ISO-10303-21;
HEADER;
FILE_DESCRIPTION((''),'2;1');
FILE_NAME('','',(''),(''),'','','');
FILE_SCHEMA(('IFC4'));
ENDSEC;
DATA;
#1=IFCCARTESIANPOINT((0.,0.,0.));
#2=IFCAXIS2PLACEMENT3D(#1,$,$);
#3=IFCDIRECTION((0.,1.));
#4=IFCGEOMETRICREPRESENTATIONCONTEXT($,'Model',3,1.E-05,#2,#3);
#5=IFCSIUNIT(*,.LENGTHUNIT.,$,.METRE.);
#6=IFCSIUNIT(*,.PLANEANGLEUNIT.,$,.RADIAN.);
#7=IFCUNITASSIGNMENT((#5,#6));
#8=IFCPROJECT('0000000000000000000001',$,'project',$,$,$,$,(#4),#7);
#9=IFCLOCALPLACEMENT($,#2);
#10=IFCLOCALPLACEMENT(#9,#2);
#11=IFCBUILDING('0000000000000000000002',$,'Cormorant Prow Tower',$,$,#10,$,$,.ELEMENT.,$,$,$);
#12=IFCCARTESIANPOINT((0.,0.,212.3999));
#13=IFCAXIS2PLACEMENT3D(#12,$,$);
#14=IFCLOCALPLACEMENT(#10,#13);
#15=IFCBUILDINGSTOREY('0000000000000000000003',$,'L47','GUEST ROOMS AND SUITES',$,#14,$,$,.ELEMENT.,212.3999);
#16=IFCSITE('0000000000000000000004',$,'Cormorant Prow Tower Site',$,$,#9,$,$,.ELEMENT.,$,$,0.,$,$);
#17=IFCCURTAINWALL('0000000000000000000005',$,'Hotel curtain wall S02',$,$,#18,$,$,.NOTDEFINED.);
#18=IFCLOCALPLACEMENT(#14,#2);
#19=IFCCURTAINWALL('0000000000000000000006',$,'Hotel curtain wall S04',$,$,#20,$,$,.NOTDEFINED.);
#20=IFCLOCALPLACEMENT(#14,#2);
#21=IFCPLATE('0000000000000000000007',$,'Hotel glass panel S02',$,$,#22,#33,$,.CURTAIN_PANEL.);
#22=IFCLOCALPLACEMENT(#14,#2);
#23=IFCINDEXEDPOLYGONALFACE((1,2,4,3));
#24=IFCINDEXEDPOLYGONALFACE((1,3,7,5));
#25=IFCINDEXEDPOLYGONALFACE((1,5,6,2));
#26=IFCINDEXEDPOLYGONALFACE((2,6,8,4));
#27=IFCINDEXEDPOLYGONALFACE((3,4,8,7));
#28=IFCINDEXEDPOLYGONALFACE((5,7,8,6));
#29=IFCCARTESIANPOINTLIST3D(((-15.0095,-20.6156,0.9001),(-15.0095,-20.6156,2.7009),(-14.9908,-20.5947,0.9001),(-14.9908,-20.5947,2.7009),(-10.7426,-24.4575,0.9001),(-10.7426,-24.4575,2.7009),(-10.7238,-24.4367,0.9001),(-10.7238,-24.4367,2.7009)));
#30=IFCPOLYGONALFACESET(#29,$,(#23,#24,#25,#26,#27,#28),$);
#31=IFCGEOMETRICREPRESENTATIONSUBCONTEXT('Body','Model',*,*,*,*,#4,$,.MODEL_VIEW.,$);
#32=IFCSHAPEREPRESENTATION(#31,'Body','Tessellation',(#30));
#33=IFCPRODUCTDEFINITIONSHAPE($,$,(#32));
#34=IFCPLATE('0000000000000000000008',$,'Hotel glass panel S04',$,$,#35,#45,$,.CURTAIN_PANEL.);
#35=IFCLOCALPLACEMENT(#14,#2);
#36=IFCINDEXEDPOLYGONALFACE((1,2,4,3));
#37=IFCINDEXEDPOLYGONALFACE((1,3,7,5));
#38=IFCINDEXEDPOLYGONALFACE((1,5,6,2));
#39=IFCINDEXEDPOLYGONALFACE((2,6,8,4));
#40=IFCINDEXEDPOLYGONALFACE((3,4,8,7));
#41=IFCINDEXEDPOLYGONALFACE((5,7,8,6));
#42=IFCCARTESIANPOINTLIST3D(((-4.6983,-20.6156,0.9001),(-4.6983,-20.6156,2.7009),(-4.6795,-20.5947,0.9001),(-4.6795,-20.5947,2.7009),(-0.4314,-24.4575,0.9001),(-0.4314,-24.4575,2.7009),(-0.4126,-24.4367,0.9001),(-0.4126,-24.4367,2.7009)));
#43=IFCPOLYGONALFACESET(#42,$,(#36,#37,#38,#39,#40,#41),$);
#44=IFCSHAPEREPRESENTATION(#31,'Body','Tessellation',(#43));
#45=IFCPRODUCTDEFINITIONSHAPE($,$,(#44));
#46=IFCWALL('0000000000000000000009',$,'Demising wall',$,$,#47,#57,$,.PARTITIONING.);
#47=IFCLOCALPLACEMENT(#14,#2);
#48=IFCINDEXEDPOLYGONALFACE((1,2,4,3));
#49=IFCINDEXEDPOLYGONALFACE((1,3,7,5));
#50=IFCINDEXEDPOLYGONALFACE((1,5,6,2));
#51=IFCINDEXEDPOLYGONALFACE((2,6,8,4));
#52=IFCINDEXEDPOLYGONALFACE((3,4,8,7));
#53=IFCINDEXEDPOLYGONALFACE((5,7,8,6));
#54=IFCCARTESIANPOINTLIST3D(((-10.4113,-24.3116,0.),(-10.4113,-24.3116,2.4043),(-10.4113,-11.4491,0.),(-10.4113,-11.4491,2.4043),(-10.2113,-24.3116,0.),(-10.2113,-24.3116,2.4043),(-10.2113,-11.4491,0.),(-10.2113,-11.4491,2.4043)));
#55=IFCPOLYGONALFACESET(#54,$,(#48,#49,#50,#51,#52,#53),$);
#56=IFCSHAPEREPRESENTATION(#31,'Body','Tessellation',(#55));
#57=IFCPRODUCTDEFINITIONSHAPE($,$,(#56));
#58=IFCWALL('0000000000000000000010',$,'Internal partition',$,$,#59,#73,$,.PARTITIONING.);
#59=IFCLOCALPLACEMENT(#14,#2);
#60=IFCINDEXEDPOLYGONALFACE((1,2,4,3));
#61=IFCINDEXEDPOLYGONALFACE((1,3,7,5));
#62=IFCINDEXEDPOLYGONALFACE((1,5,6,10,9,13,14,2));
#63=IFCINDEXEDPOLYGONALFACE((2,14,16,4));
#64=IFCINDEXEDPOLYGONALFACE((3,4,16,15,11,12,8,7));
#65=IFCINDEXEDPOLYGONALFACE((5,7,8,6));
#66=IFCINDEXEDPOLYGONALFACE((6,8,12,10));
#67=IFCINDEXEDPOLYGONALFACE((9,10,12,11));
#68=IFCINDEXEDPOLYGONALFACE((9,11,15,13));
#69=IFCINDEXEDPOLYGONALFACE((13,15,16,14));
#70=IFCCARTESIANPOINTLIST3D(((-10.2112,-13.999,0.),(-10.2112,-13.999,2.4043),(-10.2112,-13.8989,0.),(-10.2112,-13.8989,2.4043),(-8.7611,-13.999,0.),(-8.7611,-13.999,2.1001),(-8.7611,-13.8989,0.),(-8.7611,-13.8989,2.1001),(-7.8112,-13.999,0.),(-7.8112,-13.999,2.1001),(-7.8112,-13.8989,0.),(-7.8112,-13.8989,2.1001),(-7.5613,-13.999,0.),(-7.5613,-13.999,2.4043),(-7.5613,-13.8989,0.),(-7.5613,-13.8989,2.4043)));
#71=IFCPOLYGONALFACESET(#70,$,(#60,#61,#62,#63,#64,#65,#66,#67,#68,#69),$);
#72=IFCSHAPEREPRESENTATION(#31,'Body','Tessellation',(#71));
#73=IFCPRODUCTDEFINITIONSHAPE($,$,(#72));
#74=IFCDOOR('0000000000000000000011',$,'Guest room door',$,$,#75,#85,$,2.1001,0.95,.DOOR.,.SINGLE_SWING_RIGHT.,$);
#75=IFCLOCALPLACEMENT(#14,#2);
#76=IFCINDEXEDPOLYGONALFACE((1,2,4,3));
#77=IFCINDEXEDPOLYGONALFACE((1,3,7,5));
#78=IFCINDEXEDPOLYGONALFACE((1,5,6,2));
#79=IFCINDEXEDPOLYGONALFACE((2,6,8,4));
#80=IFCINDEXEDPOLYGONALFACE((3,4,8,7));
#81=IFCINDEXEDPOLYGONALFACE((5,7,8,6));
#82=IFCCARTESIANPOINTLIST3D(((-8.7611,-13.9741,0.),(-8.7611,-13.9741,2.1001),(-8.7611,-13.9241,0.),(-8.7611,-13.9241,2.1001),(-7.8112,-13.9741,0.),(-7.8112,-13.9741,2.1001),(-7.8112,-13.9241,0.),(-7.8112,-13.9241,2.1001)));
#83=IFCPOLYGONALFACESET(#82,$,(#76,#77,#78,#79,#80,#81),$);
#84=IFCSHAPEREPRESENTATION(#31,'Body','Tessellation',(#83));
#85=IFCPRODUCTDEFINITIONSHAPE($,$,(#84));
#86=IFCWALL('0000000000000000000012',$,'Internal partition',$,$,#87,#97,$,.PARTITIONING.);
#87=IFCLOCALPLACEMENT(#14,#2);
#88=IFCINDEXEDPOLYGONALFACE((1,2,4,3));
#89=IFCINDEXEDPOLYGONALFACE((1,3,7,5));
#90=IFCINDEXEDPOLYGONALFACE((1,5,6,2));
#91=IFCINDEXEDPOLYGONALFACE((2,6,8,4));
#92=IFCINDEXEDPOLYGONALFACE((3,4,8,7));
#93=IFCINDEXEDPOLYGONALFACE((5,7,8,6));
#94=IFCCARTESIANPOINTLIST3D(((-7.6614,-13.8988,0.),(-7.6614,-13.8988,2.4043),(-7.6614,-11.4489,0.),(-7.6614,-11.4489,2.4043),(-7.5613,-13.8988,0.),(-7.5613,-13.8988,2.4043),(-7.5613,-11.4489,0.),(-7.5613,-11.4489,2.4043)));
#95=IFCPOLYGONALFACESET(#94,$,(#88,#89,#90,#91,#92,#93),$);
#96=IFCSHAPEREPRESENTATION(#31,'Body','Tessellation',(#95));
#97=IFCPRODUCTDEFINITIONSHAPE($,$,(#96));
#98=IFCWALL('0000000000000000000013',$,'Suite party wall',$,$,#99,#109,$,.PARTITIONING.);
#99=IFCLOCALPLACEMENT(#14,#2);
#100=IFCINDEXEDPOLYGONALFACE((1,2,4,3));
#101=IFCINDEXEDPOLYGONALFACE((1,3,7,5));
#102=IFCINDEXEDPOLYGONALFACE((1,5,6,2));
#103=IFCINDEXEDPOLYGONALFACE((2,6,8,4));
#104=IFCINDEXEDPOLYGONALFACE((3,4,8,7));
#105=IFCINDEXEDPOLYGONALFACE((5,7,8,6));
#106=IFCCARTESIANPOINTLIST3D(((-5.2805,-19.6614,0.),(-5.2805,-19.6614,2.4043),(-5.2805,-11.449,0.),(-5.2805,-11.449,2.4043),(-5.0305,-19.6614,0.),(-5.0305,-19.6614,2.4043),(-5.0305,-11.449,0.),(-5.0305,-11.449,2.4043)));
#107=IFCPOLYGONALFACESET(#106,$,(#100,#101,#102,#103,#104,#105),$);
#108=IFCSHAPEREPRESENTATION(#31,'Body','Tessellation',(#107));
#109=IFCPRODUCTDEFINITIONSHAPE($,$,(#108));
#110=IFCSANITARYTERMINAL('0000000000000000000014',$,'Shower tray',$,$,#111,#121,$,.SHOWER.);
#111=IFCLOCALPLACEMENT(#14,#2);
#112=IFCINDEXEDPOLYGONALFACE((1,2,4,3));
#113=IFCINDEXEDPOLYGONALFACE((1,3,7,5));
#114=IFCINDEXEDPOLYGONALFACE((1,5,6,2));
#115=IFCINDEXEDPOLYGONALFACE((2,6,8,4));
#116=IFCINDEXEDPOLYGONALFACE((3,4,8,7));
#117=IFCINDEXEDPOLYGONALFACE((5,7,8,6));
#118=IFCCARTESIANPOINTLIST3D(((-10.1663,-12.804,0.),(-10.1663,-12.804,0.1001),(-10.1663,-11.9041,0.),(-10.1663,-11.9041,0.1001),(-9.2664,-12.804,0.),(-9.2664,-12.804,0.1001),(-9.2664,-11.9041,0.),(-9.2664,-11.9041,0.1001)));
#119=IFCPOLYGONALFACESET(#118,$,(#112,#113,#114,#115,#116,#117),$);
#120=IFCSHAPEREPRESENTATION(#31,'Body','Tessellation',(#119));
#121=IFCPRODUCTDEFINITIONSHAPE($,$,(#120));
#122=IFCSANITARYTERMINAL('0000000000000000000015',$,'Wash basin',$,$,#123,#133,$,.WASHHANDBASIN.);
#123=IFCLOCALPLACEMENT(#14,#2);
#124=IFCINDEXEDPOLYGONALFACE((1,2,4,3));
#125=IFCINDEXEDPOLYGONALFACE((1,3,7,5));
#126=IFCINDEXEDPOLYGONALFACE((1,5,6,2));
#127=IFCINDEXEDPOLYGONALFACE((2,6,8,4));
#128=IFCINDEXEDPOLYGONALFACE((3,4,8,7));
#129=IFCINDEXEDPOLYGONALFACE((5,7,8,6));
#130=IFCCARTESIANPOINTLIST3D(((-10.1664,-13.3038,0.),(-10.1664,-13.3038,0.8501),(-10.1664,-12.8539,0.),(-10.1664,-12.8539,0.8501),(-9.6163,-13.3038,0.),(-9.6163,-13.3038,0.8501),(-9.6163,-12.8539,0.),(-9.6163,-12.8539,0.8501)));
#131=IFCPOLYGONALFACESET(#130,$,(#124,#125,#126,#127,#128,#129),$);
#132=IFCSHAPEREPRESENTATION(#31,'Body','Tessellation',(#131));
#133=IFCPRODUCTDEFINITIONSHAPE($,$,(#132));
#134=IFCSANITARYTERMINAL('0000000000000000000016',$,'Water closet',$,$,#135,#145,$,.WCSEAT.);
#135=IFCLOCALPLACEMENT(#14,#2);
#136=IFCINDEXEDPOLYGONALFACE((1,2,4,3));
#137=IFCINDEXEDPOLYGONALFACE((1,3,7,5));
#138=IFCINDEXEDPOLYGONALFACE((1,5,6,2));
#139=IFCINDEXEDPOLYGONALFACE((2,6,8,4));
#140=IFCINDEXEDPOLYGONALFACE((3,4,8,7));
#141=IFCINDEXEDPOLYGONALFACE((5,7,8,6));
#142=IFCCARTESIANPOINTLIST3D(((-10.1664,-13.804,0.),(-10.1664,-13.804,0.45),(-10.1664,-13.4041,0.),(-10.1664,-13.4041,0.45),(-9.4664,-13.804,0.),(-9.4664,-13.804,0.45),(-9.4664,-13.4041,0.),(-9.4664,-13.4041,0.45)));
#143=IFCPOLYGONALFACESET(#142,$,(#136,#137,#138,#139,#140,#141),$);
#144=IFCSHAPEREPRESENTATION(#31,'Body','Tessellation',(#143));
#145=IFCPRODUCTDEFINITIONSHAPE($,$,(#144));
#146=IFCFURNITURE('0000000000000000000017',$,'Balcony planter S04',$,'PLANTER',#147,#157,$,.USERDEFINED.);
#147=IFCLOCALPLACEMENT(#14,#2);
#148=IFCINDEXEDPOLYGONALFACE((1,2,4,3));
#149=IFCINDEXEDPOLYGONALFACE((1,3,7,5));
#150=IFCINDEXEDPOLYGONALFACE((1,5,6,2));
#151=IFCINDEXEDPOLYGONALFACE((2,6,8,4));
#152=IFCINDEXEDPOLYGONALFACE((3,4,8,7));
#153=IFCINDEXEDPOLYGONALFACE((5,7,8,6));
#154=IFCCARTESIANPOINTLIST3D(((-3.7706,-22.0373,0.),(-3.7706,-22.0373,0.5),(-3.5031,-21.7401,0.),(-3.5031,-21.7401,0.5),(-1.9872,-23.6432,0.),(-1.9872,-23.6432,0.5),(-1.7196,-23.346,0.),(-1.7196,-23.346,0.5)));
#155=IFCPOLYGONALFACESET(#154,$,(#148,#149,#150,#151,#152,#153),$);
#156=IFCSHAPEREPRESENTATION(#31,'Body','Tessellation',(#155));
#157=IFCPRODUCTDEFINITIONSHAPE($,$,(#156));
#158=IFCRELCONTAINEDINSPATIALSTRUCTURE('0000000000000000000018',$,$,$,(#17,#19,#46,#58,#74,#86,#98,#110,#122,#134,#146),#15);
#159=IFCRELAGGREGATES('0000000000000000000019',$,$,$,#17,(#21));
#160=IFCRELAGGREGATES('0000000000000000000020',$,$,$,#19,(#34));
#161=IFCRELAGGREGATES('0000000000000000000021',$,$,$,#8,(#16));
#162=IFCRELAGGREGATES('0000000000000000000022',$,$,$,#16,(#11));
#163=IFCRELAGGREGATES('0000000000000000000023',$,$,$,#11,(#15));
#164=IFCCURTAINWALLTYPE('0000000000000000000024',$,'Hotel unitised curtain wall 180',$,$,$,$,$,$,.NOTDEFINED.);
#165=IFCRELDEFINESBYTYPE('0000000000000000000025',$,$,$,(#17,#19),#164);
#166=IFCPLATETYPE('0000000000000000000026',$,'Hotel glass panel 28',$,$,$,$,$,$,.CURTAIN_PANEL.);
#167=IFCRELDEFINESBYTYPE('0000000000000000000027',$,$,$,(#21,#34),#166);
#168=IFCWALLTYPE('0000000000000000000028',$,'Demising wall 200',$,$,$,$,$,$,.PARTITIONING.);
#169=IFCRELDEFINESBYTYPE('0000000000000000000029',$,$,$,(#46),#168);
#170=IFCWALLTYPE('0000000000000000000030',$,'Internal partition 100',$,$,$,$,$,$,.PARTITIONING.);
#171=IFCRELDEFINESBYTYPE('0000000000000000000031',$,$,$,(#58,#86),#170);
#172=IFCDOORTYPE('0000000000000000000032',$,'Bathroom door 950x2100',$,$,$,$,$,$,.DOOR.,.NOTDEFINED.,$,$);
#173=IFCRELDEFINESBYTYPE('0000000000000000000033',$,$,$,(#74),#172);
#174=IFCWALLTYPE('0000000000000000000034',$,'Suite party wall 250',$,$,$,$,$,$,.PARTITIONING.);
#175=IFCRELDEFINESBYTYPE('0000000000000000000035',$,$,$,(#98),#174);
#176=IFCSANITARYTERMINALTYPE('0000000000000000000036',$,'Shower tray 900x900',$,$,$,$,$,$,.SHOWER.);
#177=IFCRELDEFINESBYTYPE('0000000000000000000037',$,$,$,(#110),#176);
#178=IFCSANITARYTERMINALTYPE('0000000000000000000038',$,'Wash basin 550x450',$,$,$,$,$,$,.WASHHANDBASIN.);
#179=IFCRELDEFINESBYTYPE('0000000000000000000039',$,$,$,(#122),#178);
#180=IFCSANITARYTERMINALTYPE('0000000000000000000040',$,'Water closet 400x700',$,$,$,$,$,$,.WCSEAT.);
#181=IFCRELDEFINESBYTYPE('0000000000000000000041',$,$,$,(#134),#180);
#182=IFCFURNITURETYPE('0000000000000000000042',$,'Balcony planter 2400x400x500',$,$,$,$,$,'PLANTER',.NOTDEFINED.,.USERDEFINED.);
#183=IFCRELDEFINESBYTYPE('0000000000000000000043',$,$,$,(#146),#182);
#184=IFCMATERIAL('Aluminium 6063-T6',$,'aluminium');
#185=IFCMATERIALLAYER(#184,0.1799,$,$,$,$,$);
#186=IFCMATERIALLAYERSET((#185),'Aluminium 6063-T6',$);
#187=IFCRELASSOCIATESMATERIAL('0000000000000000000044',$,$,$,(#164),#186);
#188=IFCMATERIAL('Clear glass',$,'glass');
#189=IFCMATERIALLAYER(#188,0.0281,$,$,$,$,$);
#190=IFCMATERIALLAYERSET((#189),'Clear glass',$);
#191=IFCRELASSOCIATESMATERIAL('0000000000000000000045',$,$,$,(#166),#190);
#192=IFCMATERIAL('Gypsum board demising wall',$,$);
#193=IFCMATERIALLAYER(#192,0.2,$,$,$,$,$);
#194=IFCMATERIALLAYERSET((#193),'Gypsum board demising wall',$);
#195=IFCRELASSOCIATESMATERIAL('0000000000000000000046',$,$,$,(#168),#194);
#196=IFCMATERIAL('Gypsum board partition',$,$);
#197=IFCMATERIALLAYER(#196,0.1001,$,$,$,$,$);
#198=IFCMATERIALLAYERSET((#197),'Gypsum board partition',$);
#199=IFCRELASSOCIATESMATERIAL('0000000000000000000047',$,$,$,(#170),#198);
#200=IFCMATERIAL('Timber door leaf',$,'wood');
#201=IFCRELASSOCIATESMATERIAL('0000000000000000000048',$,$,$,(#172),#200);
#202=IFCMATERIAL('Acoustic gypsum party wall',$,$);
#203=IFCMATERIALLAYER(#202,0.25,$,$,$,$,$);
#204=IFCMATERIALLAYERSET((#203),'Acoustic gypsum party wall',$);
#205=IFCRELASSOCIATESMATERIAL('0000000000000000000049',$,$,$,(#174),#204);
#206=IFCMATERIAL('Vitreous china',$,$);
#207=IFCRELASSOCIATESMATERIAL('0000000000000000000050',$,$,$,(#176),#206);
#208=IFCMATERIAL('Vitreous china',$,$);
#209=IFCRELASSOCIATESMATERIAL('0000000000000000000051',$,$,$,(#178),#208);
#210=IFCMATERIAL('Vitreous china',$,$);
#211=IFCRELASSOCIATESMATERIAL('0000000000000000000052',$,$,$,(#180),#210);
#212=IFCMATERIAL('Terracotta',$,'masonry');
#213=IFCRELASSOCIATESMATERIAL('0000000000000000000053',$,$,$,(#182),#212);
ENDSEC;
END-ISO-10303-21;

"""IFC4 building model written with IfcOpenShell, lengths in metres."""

from ifc_helpers import new_model, si_unit, direction, frame, frame_2d, origin, origin_2d, place, context, subcontext, project, spatial, rectangle, extrude, material, layer, layer_set, type_object, element, fill, aggregate, save


model = new_model("IFC4")

# Units and contexts
model_context = context("Model", 3, precision=1e-05, world=origin(), true_north=direction((0.0, 1.0)))
body_context = subcontext(model_context, "Body", "Model", "MODEL_VIEW")
ifc_project = project(units=[si_unit("LENGTHUNIT", "METRE"), si_unit("PLANEANGLEUNIT", "RADIAN")], contexts=[model_context])

# Site, building, storey
site_placement = place(None, origin())
site = spatial("IfcSite", under=ifc_project, at=site_placement, Name="Cormorant Prow Tower Site", CompositionType="ELEMENT", RefElevation=0.0)
building_placement = place(site_placement, origin())
building = spatial("IfcBuilding", under=site, at=building_placement, Name="Cormorant Prow Tower", CompositionType="ELEMENT")
storey_placement = place(building_placement, frame((0.0, 0.0, 212.3999)))
storey = spatial("IfcBuildingStorey", under=building, at=storey_placement, Name="L47", Description="GUEST ROOMS AND SUITES", CompositionType="ELEMENT", Elevation=212.3999)

# Curtain walls
ifc_material_1 = material(Name="Aluminium 6063-T6", Category="aluminium")
ifc_layer_1 = layer(ifc_material_1, 0.1799)
ifc_layer_set_1 = layer_set([ifc_layer_1], Name="Aluminium 6063-T6")
curtain_wall_type = type_object("IfcCurtainWallType", Name="Hotel unitised curtain wall 180", PredefinedType="NOTDEFINED", material=ifc_layer_set_1)
curtain_wall_1_placement = place(storey_placement, origin())
curtain_wall_1 = element("IfcCurtainWall", 1, at=curtain_wall_1_placement, inside=storey, type_object=curtain_wall_type, Name="Hotel curtain wall S02", PredefinedType="NOTDEFINED")
curtain_wall_2_placement = place(storey_placement, origin())
curtain_wall_2 = element("IfcCurtainWall", 2, at=curtain_wall_2_placement, inside=storey, type_object=curtain_wall_type, Name="Hotel curtain wall S04", PredefinedType="NOTDEFINED")

# Plates
ifc_material_2 = material(Name="Clear glass", Category="glass")
ifc_layer_2 = layer(ifc_material_2, 0.0281)
ifc_layer_set_2 = layer_set([ifc_layer_2], Name="Clear glass")
plate_type = type_object("IfcPlateType", Name="Hotel glass panel 28", PredefinedType="CURTAIN_PANEL", material=ifc_layer_set_2)
plate_1_placement = place(storey_placement, frame((-12.8667, -22.5261, 0.9001), z_axis=(0.0, 0.0, 1.0), x_axis=(0.743145, -0.669131, 0.0)))
plate_1 = element("IfcPlate", 3, at=plate_1_placement, type_object=plate_type, Name="Hotel glass panel S02", PredefinedType="CURTAIN_PANEL", context=body_context, shape_type="SweptSolid", body=[
    extrude(rectangle(XDim=5.7417, YDim=0.0281, at=origin_2d()), origin(), (0.0, 0.0, 1.0), 1.8008),
])
aggregate(curtain_wall_1, [plate_1])
plate_2_placement = place(storey_placement, frame((-2.5554, -22.5261, 0.9001), z_axis=(0.0, 0.0, 1.0), x_axis=(0.743145, -0.669131, 0.0)))
plate_2 = element("IfcPlate", 4, at=plate_2_placement, type_object=plate_type, Name="Hotel glass panel S04", PredefinedType="CURTAIN_PANEL", context=body_context, shape_type="SweptSolid", body=[
    extrude(rectangle(XDim=5.7417, YDim=0.0281, at=origin_2d()), origin(), (0.0, 0.0, 1.0), 1.8008),
])
aggregate(curtain_wall_2, [plate_2])

# Wall
ifc_material_3 = material(Name="Gypsum board demising wall")
ifc_layer_3 = layer(ifc_material_3, 0.2)
ifc_layer_set_3 = layer_set([ifc_layer_3], Name="Gypsum board demising wall")
wall_type_1 = type_object("IfcWallType", Name="Demising wall 200", PredefinedType="PARTITIONING", material=ifc_layer_set_3)
wall_1_placement = place(storey_placement, frame((-10.3113, -24.3115, 0.0), z_axis=(0.0, 0.0, 1.0), x_axis=(0.0, 1.0, 0.0)))
element("IfcWall", 5, at=wall_1_placement, inside=storey, type_object=wall_type_1, Name="Demising wall", PredefinedType="PARTITIONING", context=body_context, shape_type="SweptSolid", body=[
    extrude(rectangle(XDim=12.8625, YDim=0.2, at=frame_2d((6.4312, 0.0))), origin(), (0.0, 0.0, 1.0), 2.4043),
])

# Wall, opening, door
ifc_material_4 = material(Name="Gypsum board partition")
ifc_layer_4 = layer(ifc_material_4, 0.1001)
ifc_layer_set_4 = layer_set([ifc_layer_4], Name="Gypsum board partition")
wall_type_2 = type_object("IfcWallType", Name="Internal partition 100", PredefinedType="PARTITIONING", material=ifc_layer_set_4)
wall_2_placement = place(storey_placement, frame((-10.2112, -13.949, 0.0), z_axis=(0.0, 0.0, 1.0), x_axis=(1.0, 0.0, 0.0)))
wall_2 = element("IfcWall", 6, at=wall_2_placement, inside=storey, type_object=wall_type_2, Name="Internal partition", PredefinedType="PARTITIONING", context=body_context, shape_type="SweptSolid", body=[
    extrude(rectangle(XDim=2.6499, YDim=0.1001, at=frame_2d((1.325, 0.0))), origin(), (0.0, 0.0, 1.0), 2.4043),
])
opening_1_placement = place(wall_2_placement, frame((1.45, 0.0, 0.0)))
opening_1 = element("IfcOpeningElement", 7, at=opening_1_placement, cuts=wall_2, PredefinedType="OPENING", context=body_context, shape_type="SweptSolid", body=[
    extrude(rectangle(XDim=0.95, YDim=2.1001, at=frame_2d((0.4751, 1.05))), frame((0.0, 0.0601, 0.0), z_axis=(0.0, -1.0, 0.0), x_axis=(1.0, 0.0, 0.0)), (0.0, 0.0, 1.0), 0.1201),
])
ifc_material_5 = material(Name="Timber door leaf", Category="wood")
door_type_1 = type_object("IfcDoorType", Name="Bathroom door 950x2100", OperationType="NOTDEFINED", PredefinedType="DOOR", material=ifc_material_5)
door_1_placement = place(opening_1_placement, origin())
door_1 = element("IfcDoor", 8, at=door_1_placement, inside=storey, type_object=door_type_1, Name="Guest room door", OperationType="SINGLE_SWING_RIGHT", OverallHeight=2.1001, OverallWidth=0.95, PredefinedType="DOOR", context=body_context, shape_type="SweptSolid", body=[
    extrude(rectangle(XDim=0.95, YDim=2.1001, at=frame_2d((0.4751, 1.05))), frame((0.0, 0.0249, 0.0), z_axis=(0.0, -1.0, 0.0), x_axis=(1.0, 0.0, 0.0)), (0.0, 0.0, 1.0), 0.05),
])
fill(opening_1, door_1)

# Walls
wall_3_placement = place(storey_placement, frame((-7.6113, -13.8989, 0.0), z_axis=(0.0, 0.0, 1.0), x_axis=(0.0, 1.0, 0.0)))
element("IfcWall", 9, at=wall_3_placement, inside=storey, type_object=wall_type_2, Name="Internal partition", PredefinedType="PARTITIONING", context=body_context, shape_type="SweptSolid", body=[
    extrude(rectangle(XDim=2.45, YDim=0.1001, at=frame_2d((1.2251, 0.0))), origin(), (0.0, 0.0, 1.0), 2.4043),
])
ifc_material_6 = material(Name="Acoustic gypsum party wall")
ifc_layer_5 = layer(ifc_material_6, 0.25)
ifc_layer_set_5 = layer_set([ifc_layer_5], Name="Acoustic gypsum party wall")
wall_type_3 = type_object("IfcWallType", Name="Suite party wall 250", PredefinedType="PARTITIONING", material=ifc_layer_set_5)
wall_4_placement = place(storey_placement, frame((-5.1555, -19.6614, 0.0), z_axis=(0.0, 0.0, 1.0), x_axis=(0.0, 1.0, 0.0)))
element("IfcWall", 10, at=wall_4_placement, inside=storey, type_object=wall_type_3, Name="Suite party wall", PredefinedType="PARTITIONING", context=body_context, shape_type="SweptSolid", body=[
    extrude(rectangle(XDim=8.2124, YDim=0.25, at=frame_2d((4.1062, 0.0))), origin(), (0.0, 0.0, 1.0), 2.4043),
])

# Sanitary terminals
ifc_material_7 = material(Name="Vitreous china")
sanitary_terminal_type_1 = type_object("IfcSanitaryTerminalType", Name="Shower tray 900x900", PredefinedType="SHOWER", material=ifc_material_7)
sanitary_terminal_1_placement = place(storey_placement, frame((-9.7163, -12.354, 0.0), z_axis=(0.0, 0.0, 1.0), x_axis=(1.0, 0.0, 0.0)))
element("IfcSanitaryTerminal", 11, at=sanitary_terminal_1_placement, inside=storey, type_object=sanitary_terminal_type_1, Name="Shower tray", PredefinedType="SHOWER", context=body_context, shape_type="SweptSolid", body=[
    extrude(rectangle(XDim=0.8999, YDim=0.8999, at=origin_2d()), origin(), (0.0, 0.0, 1.0), 0.1001),
])
ifc_material_8 = material(Name="Vitreous china")
sanitary_terminal_type_2 = type_object("IfcSanitaryTerminalType", Name="Wash basin 550x450", PredefinedType="WASHHANDBASIN", material=ifc_material_8)
sanitary_terminal_2_placement = place(storey_placement, frame((-9.8914, -13.0789, 0.0), z_axis=(0.0, 0.0, 1.0), x_axis=(1.0, 0.0, 0.0)))
element("IfcSanitaryTerminal", 12, at=sanitary_terminal_2_placement, inside=storey, type_object=sanitary_terminal_type_2, Name="Wash basin", PredefinedType="WASHHANDBASIN", context=body_context, shape_type="SweptSolid", body=[
    extrude(rectangle(XDim=0.55, YDim=0.45, at=origin_2d()), origin(), (0.0, 0.0, 1.0), 0.8501),
])
ifc_material_9 = material(Name="Vitreous china")
sanitary_terminal_type_3 = type_object("IfcSanitaryTerminalType", Name="Water closet 400x700", PredefinedType="WCSEAT", material=ifc_material_9)
sanitary_terminal_3_placement = place(storey_placement, frame((-9.8164, -13.604, 0.0), z_axis=(0.0, 0.0, 1.0), x_axis=(0.0, 1.0, 0.0)))
element("IfcSanitaryTerminal", 13, at=sanitary_terminal_3_placement, inside=storey, type_object=sanitary_terminal_type_3, Name="Water closet", PredefinedType="WCSEAT", context=body_context, shape_type="SweptSolid", body=[
    extrude(rectangle(XDim=0.3999, YDim=0.7, at=origin_2d()), origin(), (0.0, 0.0, 1.0), 0.45),
])

# Furniture
ifc_material_10 = material(Name="Terracotta", Category="masonry")
furniture_type = type_object("IfcFurnitureType", Name="Balcony planter 2400x400x500", ElementType="PLANTER", AssemblyPlace="NOTDEFINED", PredefinedType="USERDEFINED", material=ifc_material_10)
furniture_placement = place(storey_placement, frame((-2.7451, -22.6917, 0.0), z_axis=(0.0, 0.0, 1.0), x_axis=(0.743145, -0.669131, 0.0)))
element("IfcFurniture", 14, at=furniture_placement, inside=storey, type_object=furniture_type, Name="Balcony planter S04", ObjectType="PLANTER", PredefinedType="USERDEFINED", context=body_context, shape_type="SweptSolid", body=[
    extrude(rectangle(XDim=2.3999, YDim=0.3999, at=origin_2d()), origin(), (0.0, 0.0, 1.0), 0.5),
])

save(model, "model.ifc")
